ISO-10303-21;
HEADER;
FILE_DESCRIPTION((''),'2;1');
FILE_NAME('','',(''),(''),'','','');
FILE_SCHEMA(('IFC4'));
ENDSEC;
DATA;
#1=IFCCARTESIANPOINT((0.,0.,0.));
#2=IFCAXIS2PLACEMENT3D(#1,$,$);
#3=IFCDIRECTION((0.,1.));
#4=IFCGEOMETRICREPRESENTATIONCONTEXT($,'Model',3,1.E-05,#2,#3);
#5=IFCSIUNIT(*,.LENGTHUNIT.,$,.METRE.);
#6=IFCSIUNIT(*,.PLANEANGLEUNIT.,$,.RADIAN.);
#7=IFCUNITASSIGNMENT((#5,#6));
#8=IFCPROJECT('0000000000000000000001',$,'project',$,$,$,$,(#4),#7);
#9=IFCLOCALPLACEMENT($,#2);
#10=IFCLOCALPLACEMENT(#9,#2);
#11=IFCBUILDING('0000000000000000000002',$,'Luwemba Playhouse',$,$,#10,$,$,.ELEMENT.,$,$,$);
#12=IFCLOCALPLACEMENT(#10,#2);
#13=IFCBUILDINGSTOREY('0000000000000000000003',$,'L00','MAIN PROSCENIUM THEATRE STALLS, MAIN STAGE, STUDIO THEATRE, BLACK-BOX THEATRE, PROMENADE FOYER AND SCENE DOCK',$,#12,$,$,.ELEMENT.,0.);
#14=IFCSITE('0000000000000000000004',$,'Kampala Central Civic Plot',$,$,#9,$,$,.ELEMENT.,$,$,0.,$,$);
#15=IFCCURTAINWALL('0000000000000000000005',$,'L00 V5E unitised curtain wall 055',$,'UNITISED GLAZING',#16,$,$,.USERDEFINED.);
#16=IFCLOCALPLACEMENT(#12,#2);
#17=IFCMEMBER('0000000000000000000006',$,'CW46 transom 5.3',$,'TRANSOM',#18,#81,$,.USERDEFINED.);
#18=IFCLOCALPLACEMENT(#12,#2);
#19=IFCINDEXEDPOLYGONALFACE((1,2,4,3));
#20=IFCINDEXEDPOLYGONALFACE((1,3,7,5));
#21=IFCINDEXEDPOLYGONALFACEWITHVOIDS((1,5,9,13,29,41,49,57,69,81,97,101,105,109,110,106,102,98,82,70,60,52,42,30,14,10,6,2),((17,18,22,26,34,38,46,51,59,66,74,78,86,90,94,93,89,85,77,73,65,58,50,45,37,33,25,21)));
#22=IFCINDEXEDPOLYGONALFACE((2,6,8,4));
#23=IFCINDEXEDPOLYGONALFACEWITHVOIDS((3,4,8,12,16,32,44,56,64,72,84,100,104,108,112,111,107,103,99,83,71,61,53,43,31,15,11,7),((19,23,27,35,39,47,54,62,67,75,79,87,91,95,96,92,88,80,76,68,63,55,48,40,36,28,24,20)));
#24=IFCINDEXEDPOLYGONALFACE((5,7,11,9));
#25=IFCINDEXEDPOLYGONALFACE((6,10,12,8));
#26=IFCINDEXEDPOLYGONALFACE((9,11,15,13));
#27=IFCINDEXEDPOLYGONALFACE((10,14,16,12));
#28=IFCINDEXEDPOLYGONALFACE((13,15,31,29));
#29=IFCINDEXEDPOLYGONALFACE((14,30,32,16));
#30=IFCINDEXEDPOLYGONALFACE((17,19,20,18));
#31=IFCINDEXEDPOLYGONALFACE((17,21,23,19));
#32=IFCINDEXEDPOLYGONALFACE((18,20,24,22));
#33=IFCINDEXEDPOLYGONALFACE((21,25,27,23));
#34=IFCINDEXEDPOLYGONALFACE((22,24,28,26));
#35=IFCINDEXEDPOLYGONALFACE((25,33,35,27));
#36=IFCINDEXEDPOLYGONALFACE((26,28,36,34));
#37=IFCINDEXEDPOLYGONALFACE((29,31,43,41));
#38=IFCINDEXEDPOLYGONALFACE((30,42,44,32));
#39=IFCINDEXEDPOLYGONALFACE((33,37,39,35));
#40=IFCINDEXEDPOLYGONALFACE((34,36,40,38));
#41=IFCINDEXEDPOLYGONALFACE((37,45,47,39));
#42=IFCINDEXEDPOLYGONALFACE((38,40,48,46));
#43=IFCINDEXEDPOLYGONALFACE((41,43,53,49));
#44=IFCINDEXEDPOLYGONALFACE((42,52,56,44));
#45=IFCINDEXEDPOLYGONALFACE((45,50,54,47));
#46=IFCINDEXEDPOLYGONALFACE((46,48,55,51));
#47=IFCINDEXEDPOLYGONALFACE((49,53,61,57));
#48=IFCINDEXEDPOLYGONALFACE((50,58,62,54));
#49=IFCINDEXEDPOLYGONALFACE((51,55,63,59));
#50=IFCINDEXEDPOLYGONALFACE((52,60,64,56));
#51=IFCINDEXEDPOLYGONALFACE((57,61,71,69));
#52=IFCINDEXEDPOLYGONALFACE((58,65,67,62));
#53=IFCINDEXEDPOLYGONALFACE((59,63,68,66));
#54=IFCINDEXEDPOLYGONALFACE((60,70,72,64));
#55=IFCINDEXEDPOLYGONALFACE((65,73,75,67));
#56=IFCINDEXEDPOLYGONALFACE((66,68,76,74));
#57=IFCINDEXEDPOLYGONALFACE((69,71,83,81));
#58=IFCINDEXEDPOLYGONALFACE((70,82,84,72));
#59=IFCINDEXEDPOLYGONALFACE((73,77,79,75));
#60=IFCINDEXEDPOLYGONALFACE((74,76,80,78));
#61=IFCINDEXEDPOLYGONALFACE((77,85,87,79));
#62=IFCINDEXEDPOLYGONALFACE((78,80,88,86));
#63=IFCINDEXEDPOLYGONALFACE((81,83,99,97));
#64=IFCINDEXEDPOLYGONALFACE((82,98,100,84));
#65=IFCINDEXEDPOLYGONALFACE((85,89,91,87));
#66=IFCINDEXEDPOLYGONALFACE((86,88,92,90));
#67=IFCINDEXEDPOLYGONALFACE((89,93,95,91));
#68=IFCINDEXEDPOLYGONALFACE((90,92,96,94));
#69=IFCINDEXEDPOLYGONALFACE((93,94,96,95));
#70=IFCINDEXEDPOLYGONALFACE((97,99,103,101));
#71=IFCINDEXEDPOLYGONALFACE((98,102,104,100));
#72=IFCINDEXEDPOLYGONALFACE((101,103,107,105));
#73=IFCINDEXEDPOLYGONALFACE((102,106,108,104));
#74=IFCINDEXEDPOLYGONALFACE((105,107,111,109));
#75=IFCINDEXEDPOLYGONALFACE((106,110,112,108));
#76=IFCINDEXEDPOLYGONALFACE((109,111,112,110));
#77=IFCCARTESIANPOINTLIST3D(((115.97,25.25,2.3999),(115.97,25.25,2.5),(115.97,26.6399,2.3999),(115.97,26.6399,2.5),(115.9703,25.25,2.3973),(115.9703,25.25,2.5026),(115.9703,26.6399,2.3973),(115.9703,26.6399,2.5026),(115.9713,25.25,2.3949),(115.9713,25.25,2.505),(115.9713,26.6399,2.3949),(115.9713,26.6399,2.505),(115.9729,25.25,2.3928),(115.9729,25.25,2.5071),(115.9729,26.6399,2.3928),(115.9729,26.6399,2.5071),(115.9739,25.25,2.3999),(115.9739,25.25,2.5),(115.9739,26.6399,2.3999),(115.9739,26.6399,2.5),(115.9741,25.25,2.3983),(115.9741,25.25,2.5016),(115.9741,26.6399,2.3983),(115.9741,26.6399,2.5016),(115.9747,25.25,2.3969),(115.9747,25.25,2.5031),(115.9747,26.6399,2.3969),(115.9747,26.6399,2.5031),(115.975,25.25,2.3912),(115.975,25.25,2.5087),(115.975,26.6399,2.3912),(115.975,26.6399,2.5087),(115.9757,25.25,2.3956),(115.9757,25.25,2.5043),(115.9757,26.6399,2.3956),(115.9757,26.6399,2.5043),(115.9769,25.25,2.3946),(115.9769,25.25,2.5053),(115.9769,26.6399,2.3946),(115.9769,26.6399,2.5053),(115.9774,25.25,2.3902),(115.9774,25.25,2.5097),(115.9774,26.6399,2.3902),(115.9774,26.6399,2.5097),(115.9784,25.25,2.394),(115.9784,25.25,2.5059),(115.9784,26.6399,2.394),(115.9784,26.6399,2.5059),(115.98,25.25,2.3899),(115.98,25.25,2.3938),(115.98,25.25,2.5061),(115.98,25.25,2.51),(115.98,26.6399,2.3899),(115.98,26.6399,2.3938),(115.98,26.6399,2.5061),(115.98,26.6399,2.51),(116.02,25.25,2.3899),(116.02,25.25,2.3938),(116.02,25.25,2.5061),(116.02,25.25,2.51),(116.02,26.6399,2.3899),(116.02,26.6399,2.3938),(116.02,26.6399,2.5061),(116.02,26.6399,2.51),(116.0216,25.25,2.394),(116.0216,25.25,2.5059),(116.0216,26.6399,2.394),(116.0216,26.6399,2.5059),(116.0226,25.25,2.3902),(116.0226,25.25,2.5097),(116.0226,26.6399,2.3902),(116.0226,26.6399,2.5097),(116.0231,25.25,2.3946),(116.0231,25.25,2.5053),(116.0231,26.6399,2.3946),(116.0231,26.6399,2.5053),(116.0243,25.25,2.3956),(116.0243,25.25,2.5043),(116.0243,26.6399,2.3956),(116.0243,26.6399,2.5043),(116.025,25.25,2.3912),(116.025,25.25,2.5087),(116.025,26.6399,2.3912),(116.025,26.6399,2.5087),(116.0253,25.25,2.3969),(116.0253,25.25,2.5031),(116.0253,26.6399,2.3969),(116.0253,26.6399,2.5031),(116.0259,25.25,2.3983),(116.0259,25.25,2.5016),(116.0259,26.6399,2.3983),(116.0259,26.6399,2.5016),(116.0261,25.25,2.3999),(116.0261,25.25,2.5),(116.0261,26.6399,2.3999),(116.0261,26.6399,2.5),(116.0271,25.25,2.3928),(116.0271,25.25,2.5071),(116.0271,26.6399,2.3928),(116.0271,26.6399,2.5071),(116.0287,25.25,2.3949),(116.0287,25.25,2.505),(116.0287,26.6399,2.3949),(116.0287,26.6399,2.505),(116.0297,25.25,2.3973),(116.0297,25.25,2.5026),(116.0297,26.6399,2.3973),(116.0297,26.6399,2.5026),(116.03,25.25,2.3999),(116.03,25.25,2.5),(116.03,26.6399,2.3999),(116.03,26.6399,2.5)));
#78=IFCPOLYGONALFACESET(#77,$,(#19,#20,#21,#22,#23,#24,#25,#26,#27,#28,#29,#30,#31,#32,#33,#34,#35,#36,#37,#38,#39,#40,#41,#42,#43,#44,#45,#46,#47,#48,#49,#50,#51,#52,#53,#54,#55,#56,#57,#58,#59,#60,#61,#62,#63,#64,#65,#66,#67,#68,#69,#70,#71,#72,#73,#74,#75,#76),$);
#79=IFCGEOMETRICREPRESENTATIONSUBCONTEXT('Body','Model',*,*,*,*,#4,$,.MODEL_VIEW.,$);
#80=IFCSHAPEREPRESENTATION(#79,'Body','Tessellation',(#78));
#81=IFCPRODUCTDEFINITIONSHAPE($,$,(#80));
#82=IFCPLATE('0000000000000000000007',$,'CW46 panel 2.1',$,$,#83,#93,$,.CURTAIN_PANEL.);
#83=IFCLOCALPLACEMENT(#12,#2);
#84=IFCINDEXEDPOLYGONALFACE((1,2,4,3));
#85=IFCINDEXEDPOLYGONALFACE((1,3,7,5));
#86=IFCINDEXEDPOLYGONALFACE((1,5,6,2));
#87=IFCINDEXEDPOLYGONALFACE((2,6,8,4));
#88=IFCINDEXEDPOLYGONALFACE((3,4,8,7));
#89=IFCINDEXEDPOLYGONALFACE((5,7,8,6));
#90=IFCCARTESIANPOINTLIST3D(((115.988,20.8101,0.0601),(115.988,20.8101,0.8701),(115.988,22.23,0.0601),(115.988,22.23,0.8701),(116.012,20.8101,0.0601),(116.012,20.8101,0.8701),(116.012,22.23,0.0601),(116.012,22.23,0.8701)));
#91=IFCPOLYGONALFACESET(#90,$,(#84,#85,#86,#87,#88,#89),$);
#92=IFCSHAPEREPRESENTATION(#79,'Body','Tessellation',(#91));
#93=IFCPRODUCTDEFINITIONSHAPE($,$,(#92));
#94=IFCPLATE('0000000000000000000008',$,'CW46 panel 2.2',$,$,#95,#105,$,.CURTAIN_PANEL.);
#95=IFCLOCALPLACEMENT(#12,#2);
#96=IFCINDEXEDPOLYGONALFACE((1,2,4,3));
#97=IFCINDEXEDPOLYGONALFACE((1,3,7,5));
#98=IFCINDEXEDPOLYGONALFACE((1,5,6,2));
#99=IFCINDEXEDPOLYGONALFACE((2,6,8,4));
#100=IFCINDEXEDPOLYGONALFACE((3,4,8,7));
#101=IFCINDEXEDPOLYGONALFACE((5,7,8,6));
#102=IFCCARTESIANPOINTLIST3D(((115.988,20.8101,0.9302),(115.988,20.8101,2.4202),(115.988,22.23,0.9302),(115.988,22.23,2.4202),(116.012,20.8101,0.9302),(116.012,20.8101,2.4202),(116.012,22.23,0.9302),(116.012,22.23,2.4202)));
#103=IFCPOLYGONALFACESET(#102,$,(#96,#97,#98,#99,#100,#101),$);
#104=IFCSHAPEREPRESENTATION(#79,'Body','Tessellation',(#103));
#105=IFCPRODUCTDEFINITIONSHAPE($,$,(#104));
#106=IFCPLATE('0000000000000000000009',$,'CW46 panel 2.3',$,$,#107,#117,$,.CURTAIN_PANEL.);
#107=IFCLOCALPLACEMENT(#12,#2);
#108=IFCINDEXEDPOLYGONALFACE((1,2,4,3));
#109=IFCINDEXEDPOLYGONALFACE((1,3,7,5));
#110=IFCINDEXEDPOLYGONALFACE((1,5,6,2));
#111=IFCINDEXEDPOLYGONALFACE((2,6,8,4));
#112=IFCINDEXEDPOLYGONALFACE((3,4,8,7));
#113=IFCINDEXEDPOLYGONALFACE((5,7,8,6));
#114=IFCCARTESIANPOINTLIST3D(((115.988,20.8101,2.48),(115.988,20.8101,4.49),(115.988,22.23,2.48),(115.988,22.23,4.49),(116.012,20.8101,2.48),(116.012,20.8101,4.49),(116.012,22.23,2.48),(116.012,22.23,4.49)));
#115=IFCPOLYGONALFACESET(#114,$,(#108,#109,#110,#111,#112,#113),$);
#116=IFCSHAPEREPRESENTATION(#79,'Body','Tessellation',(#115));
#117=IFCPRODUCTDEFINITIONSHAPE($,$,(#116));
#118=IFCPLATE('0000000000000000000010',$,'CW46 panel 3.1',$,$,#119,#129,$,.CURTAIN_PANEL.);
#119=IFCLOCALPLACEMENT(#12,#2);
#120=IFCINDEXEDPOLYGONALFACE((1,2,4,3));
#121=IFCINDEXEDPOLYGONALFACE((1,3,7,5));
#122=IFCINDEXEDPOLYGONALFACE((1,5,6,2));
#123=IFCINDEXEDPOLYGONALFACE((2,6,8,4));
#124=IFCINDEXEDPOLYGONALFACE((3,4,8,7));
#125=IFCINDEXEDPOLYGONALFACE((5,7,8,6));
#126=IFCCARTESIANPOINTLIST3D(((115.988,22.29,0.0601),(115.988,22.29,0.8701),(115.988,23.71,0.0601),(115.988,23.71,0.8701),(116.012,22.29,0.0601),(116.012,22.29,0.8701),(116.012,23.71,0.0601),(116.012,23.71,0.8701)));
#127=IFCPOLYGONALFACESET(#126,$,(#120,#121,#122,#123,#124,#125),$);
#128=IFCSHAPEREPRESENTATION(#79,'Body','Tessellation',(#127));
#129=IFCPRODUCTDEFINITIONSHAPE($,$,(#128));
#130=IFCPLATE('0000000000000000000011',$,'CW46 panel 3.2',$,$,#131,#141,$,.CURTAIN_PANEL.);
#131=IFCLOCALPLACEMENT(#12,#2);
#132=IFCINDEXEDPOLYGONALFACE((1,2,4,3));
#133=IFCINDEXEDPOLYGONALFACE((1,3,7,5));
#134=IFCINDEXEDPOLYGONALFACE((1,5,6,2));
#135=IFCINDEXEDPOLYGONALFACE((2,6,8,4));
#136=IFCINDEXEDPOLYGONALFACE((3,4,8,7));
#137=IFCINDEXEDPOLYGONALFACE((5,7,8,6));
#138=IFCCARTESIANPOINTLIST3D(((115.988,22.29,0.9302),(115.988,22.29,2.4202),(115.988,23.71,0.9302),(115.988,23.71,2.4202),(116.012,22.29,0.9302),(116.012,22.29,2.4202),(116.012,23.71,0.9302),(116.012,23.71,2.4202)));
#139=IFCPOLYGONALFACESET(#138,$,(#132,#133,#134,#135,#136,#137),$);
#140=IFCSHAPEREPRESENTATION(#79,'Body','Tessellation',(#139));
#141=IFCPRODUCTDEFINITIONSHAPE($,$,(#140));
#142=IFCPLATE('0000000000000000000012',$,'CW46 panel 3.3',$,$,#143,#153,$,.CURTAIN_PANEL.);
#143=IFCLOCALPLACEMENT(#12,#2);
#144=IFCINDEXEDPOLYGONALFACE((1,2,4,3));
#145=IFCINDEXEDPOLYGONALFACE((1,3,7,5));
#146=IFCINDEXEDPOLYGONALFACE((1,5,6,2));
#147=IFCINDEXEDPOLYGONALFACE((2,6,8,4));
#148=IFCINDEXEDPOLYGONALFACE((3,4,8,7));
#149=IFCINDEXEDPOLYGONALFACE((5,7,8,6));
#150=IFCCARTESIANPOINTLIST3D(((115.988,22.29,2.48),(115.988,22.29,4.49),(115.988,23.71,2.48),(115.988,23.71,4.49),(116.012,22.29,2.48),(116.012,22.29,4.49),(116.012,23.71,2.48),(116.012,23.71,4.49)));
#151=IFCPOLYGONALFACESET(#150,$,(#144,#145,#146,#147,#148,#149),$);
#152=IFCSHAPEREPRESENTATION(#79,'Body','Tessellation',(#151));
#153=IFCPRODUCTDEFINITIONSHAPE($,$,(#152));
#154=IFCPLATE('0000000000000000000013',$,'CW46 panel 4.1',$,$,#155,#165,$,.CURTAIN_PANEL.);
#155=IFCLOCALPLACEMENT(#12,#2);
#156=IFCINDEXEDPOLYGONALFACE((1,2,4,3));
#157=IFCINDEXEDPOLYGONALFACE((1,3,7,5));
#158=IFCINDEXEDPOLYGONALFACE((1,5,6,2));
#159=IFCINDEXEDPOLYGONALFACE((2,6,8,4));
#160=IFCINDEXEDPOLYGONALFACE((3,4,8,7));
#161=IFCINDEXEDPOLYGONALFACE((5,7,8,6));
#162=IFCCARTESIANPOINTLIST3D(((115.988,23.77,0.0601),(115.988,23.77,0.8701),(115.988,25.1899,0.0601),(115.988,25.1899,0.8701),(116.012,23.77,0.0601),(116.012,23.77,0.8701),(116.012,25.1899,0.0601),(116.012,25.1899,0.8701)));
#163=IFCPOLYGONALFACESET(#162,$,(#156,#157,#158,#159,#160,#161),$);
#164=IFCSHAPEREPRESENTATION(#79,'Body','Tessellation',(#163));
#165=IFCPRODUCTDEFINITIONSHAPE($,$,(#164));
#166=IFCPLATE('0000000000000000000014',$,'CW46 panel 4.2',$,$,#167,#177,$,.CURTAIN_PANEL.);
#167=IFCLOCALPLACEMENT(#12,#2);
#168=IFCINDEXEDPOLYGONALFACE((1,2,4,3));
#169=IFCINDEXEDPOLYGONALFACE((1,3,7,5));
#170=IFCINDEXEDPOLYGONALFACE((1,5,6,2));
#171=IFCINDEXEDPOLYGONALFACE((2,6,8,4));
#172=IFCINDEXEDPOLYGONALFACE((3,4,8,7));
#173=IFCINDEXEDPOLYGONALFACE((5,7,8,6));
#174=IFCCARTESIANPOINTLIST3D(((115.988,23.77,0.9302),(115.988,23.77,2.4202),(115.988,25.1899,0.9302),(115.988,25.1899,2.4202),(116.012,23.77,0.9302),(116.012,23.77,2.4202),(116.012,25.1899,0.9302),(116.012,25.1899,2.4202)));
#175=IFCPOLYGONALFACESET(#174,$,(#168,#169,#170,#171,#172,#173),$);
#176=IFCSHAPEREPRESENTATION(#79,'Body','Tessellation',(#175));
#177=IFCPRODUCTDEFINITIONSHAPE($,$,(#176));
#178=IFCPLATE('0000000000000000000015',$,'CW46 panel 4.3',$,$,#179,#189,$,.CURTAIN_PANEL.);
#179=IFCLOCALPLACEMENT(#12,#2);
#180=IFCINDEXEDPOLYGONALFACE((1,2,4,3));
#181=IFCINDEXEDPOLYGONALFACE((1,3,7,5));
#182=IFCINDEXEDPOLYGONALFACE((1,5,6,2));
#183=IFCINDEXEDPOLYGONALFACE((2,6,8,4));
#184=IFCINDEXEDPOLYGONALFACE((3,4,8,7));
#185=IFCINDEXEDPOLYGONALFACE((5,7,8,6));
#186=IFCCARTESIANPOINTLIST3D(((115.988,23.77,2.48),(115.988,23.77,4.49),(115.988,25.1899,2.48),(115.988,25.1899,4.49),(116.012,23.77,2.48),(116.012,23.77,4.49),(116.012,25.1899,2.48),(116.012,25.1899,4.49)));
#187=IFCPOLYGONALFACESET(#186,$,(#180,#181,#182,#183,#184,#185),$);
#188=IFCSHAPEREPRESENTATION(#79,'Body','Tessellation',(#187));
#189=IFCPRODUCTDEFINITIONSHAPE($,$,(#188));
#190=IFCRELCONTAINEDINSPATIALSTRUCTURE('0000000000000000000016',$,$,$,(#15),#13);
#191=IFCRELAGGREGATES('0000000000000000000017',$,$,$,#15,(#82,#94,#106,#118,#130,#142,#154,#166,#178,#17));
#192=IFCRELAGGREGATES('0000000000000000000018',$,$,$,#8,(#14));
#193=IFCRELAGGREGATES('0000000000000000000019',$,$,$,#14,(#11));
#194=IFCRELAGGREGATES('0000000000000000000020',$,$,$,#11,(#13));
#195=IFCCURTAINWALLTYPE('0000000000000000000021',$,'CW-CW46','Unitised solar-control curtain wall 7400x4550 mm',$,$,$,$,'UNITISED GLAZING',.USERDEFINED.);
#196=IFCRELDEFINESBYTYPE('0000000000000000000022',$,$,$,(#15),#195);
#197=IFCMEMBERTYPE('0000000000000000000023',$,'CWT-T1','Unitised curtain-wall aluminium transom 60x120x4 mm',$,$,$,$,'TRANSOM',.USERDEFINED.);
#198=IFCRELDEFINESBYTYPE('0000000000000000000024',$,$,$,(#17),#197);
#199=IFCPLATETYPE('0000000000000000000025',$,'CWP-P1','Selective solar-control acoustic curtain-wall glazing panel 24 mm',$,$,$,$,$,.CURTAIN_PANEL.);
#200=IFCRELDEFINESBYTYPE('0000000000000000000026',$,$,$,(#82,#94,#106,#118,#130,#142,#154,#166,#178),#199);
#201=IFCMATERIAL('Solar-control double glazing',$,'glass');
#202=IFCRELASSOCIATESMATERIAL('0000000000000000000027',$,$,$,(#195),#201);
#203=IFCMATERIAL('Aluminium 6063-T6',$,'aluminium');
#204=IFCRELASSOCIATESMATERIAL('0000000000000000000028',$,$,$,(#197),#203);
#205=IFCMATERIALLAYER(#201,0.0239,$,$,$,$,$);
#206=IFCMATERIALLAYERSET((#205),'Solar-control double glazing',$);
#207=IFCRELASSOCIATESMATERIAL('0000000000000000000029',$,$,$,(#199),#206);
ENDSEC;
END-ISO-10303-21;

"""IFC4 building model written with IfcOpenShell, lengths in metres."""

from ifc_helpers import new_model, si_unit, direction, frame, origin, origin_2d, place, context, subcontext, project, spatial, rectangle, hollow_rectangle, extrude, material, layer, layer_set, material_profile, profile_set, type_object, element, aggregate, save


model = new_model("IFC4")

# Units and contexts
model_context = context("Model", 3, precision=1e-05, world=origin(), true_north=direction((0.0, 1.0)))
body_context = subcontext(model_context, "Body", "Model", "MODEL_VIEW")
ifc_project = project(units=[si_unit("LENGTHUNIT", "METRE"), si_unit("PLANEANGLEUNIT", "RADIAN")], contexts=[model_context])

# Site, building, storey
site_placement = place(None, origin())
site = spatial("IfcSite", under=ifc_project, at=site_placement, Name="Kampala Central Civic Plot", CompositionType="ELEMENT", RefElevation=0.0)
building_placement = place(site_placement, origin())
building = spatial("IfcBuilding", under=site, at=building_placement, Name="Luwemba Playhouse", CompositionType="ELEMENT")
storey_placement = place(building_placement, origin())
storey = spatial("IfcBuildingStorey", under=building, at=storey_placement, Name="L00", Description="MAIN PROSCENIUM THEATRE STALLS, MAIN STAGE, STUDIO THEATRE, BLACK-BOX THEATRE, PROMENADE FOYER AND SCENE DOCK", CompositionType="ELEMENT", Elevation=0.0)

# Curtain wall, member, plates
ifc_material_1 = material(Name="Solar-control double glazing", Category="glass")
curtain_wall_type = type_object("IfcCurtainWallType", Name="CW-CW46", Description="Unitised solar-control curtain wall 7400x4550 mm", ElementType="UNITISED GLAZING", PredefinedType="USERDEFINED", material=ifc_material_1)
curtain_wall_placement = place(storey_placement, origin())
curtain_wall = element("IfcCurtainWall", 1, at=curtain_wall_placement, inside=storey, type_object=curtain_wall_type, Name="L00 V5E unitised curtain wall 055", ObjectType="UNITISED GLAZING", PredefinedType="USERDEFINED")
ifc_material_2 = material(Name="Aluminium 6063-T6", Category="aluminium")
ifc_material_profile_1 = material_profile(ifc_material_2, hollow_rectangle(XDim=0.0601, YDim=0.1201, WallThickness=0.0039, InnerFilletRadius=0.0061, OuterFilletRadius=0.01, at=origin_2d()))
ifc_profile_set_1 = profile_set([ifc_material_profile_1], Name="Aluminium 6063-T6")
member_type_1 = type_object("IfcMemberType", Name="CWT-T1", Description="Unitised curtain-wall aluminium transom 60x120x4 mm", ElementType="TRANSOM", PredefinedType="USERDEFINED", material=ifc_profile_set_1)
member_1_placement = place(storey_placement, frame((116.0, 25.25, 2.45), z_axis=(0.0, 1.0, 0.0), x_axis=(-1.0, 0.0, 0.0)))
member_1 = element("IfcMember", 2, at=member_1_placement, type_object=member_type_1, Name="CW46 transom 5.3", ObjectType="TRANSOM", PredefinedType="USERDEFINED", context=body_context, shape_type="SweptSolid", body=[
    extrude(hollow_rectangle(XDim=0.0601, YDim=0.1201, WallThickness=0.0039, InnerFilletRadius=0.0061, OuterFilletRadius=0.01, at=origin_2d()), origin(), (0.0, 0.0, 1.0), 1.3899),
])
ifc_layer = layer(ifc_material_1, 0.0239)
ifc_layer_set = layer_set([ifc_layer], Name="Solar-control double glazing")
plate_type = type_object("IfcPlateType", Name="CWP-P1", Description="Selective solar-control acoustic curtain-wall glazing panel 24 mm", PredefinedType="CURTAIN_PANEL", material=ifc_layer_set)
plate_1_placement = place(storey_placement, frame((116.0, 21.52, 0.0601), z_axis=(0.0, 0.0, 1.0), x_axis=(0.0, 1.0, 0.0)))
plate_1 = element("IfcPlate", 3, at=plate_1_placement, type_object=plate_type, Name="CW46 panel 2.1", PredefinedType="CURTAIN_PANEL", context=body_context, shape_type="SweptSolid", body=[
    extrude(rectangle(XDim=1.4199, YDim=0.0239, at=origin_2d()), origin(), (0.0, 0.0, 1.0), 0.8101),
])
plate_2_placement = place(storey_placement, frame((116.0, 21.52, 0.9302), z_axis=(0.0, 0.0, 1.0), x_axis=(0.0, 1.0, 0.0)))
plate_2 = element("IfcPlate", 4, at=plate_2_placement, type_object=plate_type, Name="CW46 panel 2.2", PredefinedType="CURTAIN_PANEL", context=body_context, shape_type="SweptSolid", body=[
    extrude(rectangle(XDim=1.4199, YDim=0.0239, at=origin_2d()), origin(), (0.0, 0.0, 1.0), 1.49),
])
plate_3_placement = place(storey_placement, frame((116.0, 21.52, 2.48), z_axis=(0.0, 0.0, 1.0), x_axis=(0.0, 1.0, 0.0)))
plate_3 = element("IfcPlate", 5, at=plate_3_placement, type_object=plate_type, Name="CW46 panel 2.3", PredefinedType="CURTAIN_PANEL", context=body_context, shape_type="SweptSolid", body=[
    extrude(rectangle(XDim=1.4199, YDim=0.0239, at=origin_2d()), origin(), (0.0, 0.0, 1.0), 2.01),
])
plate_4_placement = place(storey_placement, frame((116.0, 23.0, 0.0601), z_axis=(0.0, 0.0, 1.0), x_axis=(0.0, 1.0, 0.0)))
plate_4 = element("IfcPlate", 6, at=plate_4_placement, type_object=plate_type, Name="CW46 panel 3.1", PredefinedType="CURTAIN_PANEL", context=body_context, shape_type="SweptSolid", body=[
    extrude(rectangle(XDim=1.4199, YDim=0.0239, at=origin_2d()), origin(), (0.0, 0.0, 1.0), 0.8101),
])
plate_5_placement = place(storey_placement, frame((116.0, 23.0, 0.9302), z_axis=(0.0, 0.0, 1.0), x_axis=(0.0, 1.0, 0.0)))
plate_5 = element("IfcPlate", 7, at=plate_5_placement, type_object=plate_type, Name="CW46 panel 3.2", PredefinedType="CURTAIN_PANEL", context=body_context, shape_type="SweptSolid", body=[
    extrude(rectangle(XDim=1.4199, YDim=0.0239, at=origin_2d()), origin(), (0.0, 0.0, 1.0), 1.49),
])
plate_6_placement = place(storey_placement, frame((116.0, 23.0, 2.48), z_axis=(0.0, 0.0, 1.0), x_axis=(0.0, 1.0, 0.0)))
plate_6 = element("IfcPlate", 8, at=plate_6_placement, type_object=plate_type, Name="CW46 panel 3.3", PredefinedType="CURTAIN_PANEL", context=body_context, shape_type="SweptSolid", body=[
    extrude(rectangle(XDim=1.4199, YDim=0.0239, at=origin_2d()), origin(), (0.0, 0.0, 1.0), 2.01),
])
plate_7_placement = place(storey_placement, frame((116.0, 24.48, 0.0601), z_axis=(0.0, 0.0, 1.0), x_axis=(0.0, 1.0, 0.0)))
plate_7 = element("IfcPlate", 9, at=plate_7_placement, type_object=plate_type, Name="CW46 panel 4.1", PredefinedType="CURTAIN_PANEL", context=body_context, shape_type="SweptSolid", body=[
    extrude(rectangle(XDim=1.4199, YDim=0.0239, at=origin_2d()), origin(), (0.0, 0.0, 1.0), 0.8101),
])
plate_8_placement = place(storey_placement, frame((116.0, 24.48, 0.9302), z_axis=(0.0, 0.0, 1.0), x_axis=(0.0, 1.0, 0.0)))
plate_8 = element("IfcPlate", 10, at=plate_8_placement, type_object=plate_type, Name="CW46 panel 4.2", PredefinedType="CURTAIN_PANEL", context=body_context, shape_type="SweptSolid", body=[
    extrude(rectangle(XDim=1.4199, YDim=0.0239, at=origin_2d()), origin(), (0.0, 0.0, 1.0), 1.49),
])
plate_9_placement = place(storey_placement, frame((116.0, 24.48, 2.48), z_axis=(0.0, 0.0, 1.0), x_axis=(0.0, 1.0, 0.0)))
plate_9 = element("IfcPlate", 11, at=plate_9_placement, type_object=plate_type, Name="CW46 panel 4.3", PredefinedType="CURTAIN_PANEL", context=body_context, shape_type="SweptSolid", body=[
    extrude(rectangle(XDim=1.4199, YDim=0.0239, at=origin_2d()), origin(), (0.0, 0.0, 1.0), 2.01),
])
aggregate(curtain_wall, [plate_1, plate_2, plate_3, plate_4, plate_5, plate_6, plate_7, plate_8, plate_9, member_1])

save(model, "model.ifc")
